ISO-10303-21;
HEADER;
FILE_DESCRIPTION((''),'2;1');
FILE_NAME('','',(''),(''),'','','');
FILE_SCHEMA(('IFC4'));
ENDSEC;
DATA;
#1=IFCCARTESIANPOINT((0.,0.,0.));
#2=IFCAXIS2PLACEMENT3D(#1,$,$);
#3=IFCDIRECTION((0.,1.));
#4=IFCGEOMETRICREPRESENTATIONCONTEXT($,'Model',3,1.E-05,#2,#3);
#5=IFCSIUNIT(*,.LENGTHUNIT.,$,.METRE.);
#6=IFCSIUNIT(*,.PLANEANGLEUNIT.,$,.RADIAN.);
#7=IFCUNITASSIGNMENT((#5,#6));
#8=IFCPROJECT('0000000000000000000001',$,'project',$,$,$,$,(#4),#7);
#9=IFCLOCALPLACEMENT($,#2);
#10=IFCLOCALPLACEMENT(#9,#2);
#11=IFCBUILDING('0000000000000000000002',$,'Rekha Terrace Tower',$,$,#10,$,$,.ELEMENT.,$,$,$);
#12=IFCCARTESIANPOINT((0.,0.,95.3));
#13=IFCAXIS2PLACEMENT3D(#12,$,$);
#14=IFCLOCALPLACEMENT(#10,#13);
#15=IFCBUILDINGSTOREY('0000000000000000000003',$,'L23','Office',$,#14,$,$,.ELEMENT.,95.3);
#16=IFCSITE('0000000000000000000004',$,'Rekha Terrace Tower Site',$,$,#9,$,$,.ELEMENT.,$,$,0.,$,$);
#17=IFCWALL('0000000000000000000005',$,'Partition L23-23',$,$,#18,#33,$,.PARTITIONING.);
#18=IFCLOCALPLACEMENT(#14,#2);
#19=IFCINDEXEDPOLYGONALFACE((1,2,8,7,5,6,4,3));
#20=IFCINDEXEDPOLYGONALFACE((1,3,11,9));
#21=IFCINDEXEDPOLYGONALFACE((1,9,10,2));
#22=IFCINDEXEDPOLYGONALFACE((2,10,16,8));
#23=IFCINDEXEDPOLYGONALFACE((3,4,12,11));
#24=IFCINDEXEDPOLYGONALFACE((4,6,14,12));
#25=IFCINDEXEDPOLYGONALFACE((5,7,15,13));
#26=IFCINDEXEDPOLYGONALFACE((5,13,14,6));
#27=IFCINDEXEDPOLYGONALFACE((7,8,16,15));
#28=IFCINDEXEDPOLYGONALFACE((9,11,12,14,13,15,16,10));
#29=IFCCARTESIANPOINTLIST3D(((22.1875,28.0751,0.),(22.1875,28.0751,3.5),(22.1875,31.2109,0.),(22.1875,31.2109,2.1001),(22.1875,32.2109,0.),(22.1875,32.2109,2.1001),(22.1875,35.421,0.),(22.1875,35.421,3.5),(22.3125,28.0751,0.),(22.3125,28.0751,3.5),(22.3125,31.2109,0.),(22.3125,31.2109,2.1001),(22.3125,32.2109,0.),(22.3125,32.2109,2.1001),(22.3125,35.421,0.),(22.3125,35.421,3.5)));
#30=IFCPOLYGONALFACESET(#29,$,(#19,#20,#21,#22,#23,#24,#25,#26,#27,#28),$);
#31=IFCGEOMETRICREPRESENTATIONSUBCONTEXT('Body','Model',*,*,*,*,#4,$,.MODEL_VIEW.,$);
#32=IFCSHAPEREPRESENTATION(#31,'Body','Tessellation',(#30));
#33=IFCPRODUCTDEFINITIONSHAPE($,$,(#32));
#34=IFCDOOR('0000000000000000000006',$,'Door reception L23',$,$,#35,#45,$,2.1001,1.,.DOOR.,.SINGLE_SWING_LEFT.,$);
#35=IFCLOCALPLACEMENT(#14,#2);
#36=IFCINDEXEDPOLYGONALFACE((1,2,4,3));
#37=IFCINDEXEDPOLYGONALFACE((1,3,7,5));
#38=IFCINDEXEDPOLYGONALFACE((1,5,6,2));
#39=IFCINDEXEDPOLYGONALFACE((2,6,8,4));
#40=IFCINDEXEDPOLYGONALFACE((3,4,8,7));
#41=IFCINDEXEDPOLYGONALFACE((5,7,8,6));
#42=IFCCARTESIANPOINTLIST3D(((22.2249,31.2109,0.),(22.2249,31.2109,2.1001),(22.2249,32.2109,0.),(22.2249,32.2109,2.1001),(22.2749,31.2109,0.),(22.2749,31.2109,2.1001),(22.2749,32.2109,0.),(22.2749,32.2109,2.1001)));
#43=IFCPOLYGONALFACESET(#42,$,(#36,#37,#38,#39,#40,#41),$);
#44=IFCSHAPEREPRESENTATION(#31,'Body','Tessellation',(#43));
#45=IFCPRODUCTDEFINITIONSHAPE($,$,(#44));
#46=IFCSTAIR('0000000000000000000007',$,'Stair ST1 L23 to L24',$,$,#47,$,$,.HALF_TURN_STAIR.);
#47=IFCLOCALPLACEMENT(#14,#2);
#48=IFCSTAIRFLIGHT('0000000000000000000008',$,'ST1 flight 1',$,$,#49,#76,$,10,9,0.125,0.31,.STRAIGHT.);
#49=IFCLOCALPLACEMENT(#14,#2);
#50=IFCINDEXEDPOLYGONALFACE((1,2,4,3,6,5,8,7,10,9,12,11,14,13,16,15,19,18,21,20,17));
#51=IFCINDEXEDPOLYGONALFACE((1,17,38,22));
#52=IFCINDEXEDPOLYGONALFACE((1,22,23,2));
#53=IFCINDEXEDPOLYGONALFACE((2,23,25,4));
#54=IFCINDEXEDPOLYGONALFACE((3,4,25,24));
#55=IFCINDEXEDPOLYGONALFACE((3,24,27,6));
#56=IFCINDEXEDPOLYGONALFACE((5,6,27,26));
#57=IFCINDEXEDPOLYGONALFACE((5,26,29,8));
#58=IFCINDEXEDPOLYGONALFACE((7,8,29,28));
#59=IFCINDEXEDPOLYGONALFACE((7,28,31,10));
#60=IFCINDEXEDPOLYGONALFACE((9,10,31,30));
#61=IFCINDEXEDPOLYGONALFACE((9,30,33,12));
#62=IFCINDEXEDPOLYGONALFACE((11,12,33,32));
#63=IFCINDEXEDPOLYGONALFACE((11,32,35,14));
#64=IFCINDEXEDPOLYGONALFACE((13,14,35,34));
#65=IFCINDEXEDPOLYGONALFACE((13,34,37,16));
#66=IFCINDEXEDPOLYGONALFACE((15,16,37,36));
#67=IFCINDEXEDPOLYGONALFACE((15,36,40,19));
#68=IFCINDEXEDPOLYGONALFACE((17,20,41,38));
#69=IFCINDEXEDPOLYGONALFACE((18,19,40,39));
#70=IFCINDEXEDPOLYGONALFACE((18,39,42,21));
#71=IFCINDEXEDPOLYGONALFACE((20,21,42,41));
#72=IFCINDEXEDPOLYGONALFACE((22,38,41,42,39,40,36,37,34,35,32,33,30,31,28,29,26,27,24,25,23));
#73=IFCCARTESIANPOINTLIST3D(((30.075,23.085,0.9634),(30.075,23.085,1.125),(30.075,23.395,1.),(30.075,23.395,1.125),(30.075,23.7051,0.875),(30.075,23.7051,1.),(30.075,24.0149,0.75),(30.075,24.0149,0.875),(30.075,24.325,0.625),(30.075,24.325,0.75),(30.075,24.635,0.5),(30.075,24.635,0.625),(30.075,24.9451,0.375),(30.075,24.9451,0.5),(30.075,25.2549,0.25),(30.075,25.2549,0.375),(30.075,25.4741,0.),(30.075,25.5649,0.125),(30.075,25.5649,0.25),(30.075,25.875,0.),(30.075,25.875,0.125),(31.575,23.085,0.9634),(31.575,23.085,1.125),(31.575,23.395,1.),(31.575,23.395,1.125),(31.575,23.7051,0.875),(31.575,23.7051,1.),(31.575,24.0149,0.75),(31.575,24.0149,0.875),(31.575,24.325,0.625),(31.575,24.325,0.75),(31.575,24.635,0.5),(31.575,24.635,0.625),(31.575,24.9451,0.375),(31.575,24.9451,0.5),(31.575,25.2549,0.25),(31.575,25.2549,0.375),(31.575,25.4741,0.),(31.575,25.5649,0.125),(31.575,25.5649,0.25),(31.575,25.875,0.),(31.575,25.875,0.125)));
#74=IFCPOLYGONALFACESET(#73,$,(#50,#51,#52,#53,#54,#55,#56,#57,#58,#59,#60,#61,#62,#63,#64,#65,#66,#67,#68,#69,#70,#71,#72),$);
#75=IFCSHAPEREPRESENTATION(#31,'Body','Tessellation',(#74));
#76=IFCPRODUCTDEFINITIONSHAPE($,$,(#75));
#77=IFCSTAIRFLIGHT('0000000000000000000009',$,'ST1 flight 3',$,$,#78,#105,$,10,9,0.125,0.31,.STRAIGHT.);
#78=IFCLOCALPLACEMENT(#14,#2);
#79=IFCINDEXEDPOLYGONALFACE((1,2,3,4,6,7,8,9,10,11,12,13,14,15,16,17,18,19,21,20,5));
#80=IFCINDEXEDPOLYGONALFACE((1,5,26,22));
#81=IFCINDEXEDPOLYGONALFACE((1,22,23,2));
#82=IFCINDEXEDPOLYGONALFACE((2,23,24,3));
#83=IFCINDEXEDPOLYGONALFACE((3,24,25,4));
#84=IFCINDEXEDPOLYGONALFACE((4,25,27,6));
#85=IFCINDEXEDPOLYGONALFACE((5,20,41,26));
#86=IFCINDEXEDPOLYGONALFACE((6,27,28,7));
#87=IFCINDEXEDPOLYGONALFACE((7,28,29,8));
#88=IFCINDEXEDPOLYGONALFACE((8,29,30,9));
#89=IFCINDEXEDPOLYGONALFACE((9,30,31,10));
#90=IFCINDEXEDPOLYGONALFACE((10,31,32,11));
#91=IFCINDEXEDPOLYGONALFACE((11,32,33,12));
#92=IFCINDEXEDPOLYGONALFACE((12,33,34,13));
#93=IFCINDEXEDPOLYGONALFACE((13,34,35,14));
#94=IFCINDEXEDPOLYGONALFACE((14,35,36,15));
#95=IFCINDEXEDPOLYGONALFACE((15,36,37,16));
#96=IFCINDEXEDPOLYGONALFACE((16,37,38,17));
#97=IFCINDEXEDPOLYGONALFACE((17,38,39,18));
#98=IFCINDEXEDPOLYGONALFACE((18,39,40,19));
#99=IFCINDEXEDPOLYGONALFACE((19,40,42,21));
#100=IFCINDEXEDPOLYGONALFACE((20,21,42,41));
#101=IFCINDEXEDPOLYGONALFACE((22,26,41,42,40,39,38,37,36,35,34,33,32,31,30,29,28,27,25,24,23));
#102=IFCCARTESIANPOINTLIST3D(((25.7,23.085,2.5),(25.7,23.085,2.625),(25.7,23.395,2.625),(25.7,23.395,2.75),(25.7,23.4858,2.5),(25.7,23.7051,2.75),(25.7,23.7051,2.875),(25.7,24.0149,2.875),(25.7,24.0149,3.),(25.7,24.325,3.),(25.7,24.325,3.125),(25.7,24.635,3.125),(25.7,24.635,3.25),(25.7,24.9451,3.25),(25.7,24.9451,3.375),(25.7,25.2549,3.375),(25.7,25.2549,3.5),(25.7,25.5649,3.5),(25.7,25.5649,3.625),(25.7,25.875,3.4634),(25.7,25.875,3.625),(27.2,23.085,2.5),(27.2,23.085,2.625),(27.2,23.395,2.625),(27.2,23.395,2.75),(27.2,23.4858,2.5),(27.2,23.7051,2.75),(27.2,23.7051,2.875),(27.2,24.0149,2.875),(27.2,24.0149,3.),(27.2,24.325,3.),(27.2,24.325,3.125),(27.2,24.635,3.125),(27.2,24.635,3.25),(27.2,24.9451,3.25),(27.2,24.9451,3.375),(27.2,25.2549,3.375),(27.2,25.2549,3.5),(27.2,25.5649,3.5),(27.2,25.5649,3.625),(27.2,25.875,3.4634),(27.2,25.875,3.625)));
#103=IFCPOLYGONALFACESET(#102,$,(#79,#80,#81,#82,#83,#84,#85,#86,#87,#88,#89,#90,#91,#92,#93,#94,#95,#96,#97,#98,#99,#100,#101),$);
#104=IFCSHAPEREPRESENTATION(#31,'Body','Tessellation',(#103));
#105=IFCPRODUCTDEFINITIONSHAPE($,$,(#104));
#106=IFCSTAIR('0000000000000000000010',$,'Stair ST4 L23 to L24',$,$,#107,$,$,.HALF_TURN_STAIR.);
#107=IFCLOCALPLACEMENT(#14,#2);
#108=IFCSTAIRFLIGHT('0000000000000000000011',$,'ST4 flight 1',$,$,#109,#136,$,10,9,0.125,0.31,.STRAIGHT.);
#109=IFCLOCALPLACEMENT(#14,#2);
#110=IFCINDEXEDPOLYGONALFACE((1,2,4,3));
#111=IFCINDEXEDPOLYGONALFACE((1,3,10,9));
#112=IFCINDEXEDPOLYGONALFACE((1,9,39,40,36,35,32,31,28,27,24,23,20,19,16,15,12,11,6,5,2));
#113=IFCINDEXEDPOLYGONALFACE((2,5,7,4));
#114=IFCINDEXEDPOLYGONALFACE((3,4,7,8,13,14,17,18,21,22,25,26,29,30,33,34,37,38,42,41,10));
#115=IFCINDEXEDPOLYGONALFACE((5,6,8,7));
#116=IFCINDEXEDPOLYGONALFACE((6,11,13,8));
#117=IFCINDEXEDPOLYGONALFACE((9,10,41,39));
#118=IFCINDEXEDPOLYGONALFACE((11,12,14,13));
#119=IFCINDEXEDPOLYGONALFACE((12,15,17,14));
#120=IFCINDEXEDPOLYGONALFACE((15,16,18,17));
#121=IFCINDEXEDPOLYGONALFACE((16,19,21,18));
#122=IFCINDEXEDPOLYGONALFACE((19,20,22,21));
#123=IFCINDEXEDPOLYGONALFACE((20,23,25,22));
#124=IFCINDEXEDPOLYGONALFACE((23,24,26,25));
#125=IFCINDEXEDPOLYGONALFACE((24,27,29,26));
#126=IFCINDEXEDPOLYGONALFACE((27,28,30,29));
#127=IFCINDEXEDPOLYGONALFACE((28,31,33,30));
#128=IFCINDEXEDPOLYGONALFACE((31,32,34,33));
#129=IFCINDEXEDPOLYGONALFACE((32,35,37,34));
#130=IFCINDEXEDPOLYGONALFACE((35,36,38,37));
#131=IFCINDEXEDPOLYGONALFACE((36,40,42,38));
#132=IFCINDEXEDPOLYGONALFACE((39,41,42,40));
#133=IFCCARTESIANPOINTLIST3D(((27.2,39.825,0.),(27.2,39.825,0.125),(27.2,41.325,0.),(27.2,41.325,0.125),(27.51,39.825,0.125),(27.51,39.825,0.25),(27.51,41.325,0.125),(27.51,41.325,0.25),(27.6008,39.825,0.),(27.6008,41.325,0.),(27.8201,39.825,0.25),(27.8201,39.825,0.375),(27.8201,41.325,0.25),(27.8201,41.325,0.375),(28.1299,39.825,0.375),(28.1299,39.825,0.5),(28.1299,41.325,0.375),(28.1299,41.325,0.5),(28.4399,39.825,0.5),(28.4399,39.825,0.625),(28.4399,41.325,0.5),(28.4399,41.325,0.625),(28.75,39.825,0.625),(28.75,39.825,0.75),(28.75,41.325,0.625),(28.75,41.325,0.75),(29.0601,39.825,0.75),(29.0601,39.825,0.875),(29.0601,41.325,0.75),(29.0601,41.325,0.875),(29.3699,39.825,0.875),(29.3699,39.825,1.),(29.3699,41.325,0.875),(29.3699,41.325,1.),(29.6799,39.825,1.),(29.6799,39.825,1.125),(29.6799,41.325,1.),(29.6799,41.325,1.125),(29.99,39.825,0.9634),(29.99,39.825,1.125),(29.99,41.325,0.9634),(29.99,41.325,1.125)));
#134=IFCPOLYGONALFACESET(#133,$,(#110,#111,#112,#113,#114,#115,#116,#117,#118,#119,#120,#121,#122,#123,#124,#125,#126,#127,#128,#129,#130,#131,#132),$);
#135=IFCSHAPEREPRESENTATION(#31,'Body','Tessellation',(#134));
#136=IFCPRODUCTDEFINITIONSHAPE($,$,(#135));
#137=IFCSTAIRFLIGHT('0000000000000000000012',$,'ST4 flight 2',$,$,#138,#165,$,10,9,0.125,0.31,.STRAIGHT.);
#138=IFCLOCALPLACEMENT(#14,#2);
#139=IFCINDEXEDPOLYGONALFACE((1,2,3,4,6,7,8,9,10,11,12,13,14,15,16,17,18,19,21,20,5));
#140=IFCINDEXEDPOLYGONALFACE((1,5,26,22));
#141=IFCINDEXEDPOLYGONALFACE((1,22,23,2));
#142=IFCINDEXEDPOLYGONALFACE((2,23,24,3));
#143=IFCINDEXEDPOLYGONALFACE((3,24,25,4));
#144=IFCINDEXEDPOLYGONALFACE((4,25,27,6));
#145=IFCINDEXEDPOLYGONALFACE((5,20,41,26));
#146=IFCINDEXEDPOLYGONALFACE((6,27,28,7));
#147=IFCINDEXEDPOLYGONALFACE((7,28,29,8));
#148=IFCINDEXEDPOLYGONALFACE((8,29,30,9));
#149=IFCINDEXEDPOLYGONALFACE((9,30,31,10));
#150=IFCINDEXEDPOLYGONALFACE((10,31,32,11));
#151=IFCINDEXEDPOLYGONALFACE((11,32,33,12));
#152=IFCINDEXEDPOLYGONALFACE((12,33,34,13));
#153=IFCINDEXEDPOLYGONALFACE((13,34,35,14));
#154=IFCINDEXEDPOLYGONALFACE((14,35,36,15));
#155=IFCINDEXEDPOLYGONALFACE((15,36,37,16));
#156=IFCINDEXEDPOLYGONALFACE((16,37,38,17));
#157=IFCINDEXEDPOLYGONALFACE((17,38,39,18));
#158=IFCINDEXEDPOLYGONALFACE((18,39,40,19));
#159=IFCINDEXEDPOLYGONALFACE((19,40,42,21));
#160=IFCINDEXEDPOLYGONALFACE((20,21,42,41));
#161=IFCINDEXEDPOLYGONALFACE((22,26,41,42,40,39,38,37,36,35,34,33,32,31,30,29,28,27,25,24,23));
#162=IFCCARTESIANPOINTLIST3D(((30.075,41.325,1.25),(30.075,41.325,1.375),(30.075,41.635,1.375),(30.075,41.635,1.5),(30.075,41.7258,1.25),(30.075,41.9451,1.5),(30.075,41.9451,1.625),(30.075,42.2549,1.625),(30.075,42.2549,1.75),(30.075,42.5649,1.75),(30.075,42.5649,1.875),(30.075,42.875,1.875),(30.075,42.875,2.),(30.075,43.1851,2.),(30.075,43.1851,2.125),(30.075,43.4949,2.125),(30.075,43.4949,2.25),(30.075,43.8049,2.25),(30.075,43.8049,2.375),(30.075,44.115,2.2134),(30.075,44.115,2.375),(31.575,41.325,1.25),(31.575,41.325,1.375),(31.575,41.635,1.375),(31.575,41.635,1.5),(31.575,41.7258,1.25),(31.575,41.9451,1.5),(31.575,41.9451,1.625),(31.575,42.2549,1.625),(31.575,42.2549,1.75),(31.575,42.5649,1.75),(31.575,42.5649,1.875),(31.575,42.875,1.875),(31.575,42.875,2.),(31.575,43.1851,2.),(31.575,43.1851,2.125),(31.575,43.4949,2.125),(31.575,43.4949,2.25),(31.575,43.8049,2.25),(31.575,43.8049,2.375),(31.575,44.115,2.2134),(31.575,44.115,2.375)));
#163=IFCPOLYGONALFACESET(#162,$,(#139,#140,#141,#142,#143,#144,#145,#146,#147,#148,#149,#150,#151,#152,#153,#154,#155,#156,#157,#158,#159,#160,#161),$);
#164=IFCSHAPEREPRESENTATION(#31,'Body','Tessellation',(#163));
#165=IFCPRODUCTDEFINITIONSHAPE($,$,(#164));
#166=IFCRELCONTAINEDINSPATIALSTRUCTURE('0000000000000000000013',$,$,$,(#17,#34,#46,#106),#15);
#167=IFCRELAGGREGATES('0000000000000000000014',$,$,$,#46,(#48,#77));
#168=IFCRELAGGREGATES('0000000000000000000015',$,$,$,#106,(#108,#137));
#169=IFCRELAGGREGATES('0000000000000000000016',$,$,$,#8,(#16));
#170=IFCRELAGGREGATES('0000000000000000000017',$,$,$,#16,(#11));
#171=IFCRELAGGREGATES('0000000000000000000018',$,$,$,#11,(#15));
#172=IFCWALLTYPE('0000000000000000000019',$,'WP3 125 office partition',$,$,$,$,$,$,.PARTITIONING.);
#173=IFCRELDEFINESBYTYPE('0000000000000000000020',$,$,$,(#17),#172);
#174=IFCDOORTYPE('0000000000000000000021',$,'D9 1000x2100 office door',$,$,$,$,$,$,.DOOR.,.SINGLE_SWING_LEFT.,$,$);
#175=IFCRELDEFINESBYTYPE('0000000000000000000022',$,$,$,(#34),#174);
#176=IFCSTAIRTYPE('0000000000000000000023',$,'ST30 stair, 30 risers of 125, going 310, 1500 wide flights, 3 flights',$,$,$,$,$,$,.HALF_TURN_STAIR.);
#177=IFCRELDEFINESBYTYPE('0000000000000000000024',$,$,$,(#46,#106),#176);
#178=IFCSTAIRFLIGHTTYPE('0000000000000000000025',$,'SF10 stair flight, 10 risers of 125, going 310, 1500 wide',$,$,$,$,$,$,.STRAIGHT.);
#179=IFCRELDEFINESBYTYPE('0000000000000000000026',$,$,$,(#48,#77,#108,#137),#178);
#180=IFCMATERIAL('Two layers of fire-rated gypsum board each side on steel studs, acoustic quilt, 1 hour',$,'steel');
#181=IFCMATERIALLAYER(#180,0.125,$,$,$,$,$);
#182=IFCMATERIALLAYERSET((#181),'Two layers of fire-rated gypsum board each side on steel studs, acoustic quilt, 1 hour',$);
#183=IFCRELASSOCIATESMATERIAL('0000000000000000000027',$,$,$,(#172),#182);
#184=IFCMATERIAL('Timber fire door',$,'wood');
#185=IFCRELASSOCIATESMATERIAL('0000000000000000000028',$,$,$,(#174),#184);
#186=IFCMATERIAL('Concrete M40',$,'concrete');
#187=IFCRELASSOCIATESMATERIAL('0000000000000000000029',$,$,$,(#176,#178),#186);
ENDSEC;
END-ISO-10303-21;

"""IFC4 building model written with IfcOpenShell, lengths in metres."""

from ifc_helpers import new_model, si_unit, direction, frame, frame_2d, origin, place, context, subcontext, project, spatial, polyline, rectangle, outline, extrude, material, layer, layer_set, type_object, element, fill, aggregate, save


model = new_model("IFC4")

# Units and contexts
model_context = context("Model", 3, precision=1e-05, world=origin(), true_north=direction((0.0, 1.0)))
body_context = subcontext(model_context, "Body", "Model", "MODEL_VIEW")
ifc_project = project(units=[si_unit("LENGTHUNIT", "METRE"), si_unit("PLANEANGLEUNIT", "RADIAN")], contexts=[model_context])

# Site, building, storey
site_placement = place(None, origin())
site = spatial("IfcSite", under=ifc_project, at=site_placement, Name="Rekha Terrace Tower Site", CompositionType="ELEMENT", RefElevation=0.0)
building_placement = place(site_placement, origin())
building = spatial("IfcBuilding", under=site, at=building_placement, Name="Rekha Terrace Tower", CompositionType="ELEMENT")
storey_placement = place(building_placement, frame((0.0, 0.0, 95.3)))
storey = spatial("IfcBuildingStorey", under=building, at=storey_placement, Name="L23", Description="Office", CompositionType="ELEMENT", Elevation=95.3)

# Wall, opening, door
ifc_material_1 = material(Name="Two layers of fire-rated gypsum board each side on steel studs, acoustic quilt, 1 hour", Category="steel")
ifc_layer_1 = layer(ifc_material_1, 0.125)
ifc_layer_set_1 = layer_set([ifc_layer_1], Name="Two layers of fire-rated gypsum board each side on steel studs, acoustic quilt, 1 hour")
wall_type_1 = type_object("IfcWallType", Name="WP3 125 office partition", PredefinedType="PARTITIONING", material=ifc_layer_set_1)
wall_1_placement = place(storey_placement, frame((22.25, 35.4209, 0.0), z_axis=(0.0, 0.0, 1.0), x_axis=(0.0, -1.0, 0.0)))
wall_1 = element("IfcWall", 1, at=wall_1_placement, inside=storey, type_object=wall_type_1, Name="Partition L23-23", PredefinedType="PARTITIONING", context=body_context, shape_type="SweptSolid", body=[
    extrude(rectangle(XDim=7.3459, YDim=0.125, at=frame_2d((3.6729, 0.0))), origin(), (0.0, 0.0, 1.0), 3.5),
])
opening_1_placement = place(wall_1_placement, frame((3.21, 0.0, 0.0)))
opening_1 = element("IfcOpeningElement", 2, at=opening_1_placement, cuts=wall_1, PredefinedType="OPENING", context=body_context, shape_type="SweptSolid", body=[
    extrude(rectangle(XDim=1.0, YDim=2.1001, at=frame_2d((0.5, 1.05))), frame((0.0, 0.0725, 0.0), z_axis=(0.0, -1.0, 0.0), x_axis=(1.0, 0.0, 0.0)), (0.0, 0.0, 1.0), 0.145),
])
ifc_material_2 = material(Name="Timber fire door", Category="wood")
door_type_1 = type_object("IfcDoorType", Name="D9 1000x2100 office door", OperationType="SINGLE_SWING_LEFT", PredefinedType="DOOR", material=ifc_material_2)
door_1_placement = place(opening_1_placement, origin())
door_1 = element("IfcDoor", 3, at=door_1_placement, inside=storey, type_object=door_type_1, Name="Door reception L23", OperationType="SINGLE_SWING_LEFT", OverallHeight=2.1001, OverallWidth=1.0, PredefinedType="DOOR", context=body_context, shape_type="SweptSolid", body=[
    extrude(rectangle(XDim=1.0, YDim=2.1001, at=frame_2d((0.5, 1.05))), frame((0.0, 0.0249, 0.0), z_axis=(0.0, -1.0, 0.0), x_axis=(1.0, 0.0, 0.0)), (0.0, 0.0, 1.0), 0.05),
])
fill(opening_1, door_1)

# Stairs, stair flights
ifc_material_3 = material(Name="Concrete M40", Category="concrete")
stair_type = type_object("IfcStairType", Name="ST30 stair, 30 risers of 125, going 310, 1500 wide flights, 3 flights", PredefinedType="HALF_TURN_STAIR", material=ifc_material_3)
stair_1_placement = place(storey_placement, origin())
stair_1 = element("IfcStair", 4, at=stair_1_placement, inside=storey, type_object=stair_type, Name="Stair ST1 L23 to L24", PredefinedType="HALF_TURN_STAIR")
stair_flight_type = type_object("IfcStairFlightType", Name="SF10 stair flight, 10 risers of 125, going 310, 1500 wide", PredefinedType="STRAIGHT", material=ifc_material_3)
stair_flight_1_placement = place(storey_placement, frame((30.825, 25.875, 0.0), z_axis=(0.0, 0.0, 1.0), x_axis=(0.0, -1.0, 0.0)))
stair_flight_1 = element("IfcStairFlight", 5, at=stair_flight_1_placement, type_object=stair_flight_type, Name="ST1 flight 1", NumberOfRisers=10, NumberOfTreads=9, PredefinedType="STRAIGHT", RiserHeight=0.125, TreadLength=0.31, context=body_context, shape_type="SweptSolid", body=[
    extrude(outline(polyline([(0.0, 0.0), (0.0, 0.125), (0.3101, 0.125), (0.3101, 0.25), (0.6201, 0.25), (0.6201, 0.375), (0.9299, 0.375), (0.9299, 0.5), (1.24, 0.5), (1.24, 0.625), (1.55, 0.625), (1.55, 0.75), (1.8601, 0.75), (1.8601, 0.875), (2.1699, 0.875), (2.1699, 1.0), (2.48, 1.0), (2.48, 1.125), (2.79, 1.125), (2.79, 1.25), (2.79, 0.9634), (0.4009, 0.0), (0.0, 0.0)])), frame((0.0, 0.75, 0.0), z_axis=(0.0, -1.0, 0.0), x_axis=(1.0, 0.0, 0.0)), (0.0, 0.0, 1.0), 1.5),
])
stair_flight_2_placement = place(storey_placement, frame((26.45, 23.085, 2.5), z_axis=(0.0, 0.0, 1.0), x_axis=(0.0, 1.0, 0.0)))
stair_flight_2 = element("IfcStairFlight", 6, at=stair_flight_2_placement, type_object=stair_flight_type, Name="ST1 flight 3", NumberOfRisers=10, NumberOfTreads=9, PredefinedType="STRAIGHT", RiserHeight=0.125, TreadLength=0.31, context=body_context, shape_type="SweptSolid", body=[
    extrude(outline(polyline([(0.0, 0.0), (0.0, 0.125), (0.3101, 0.125), (0.3101, 0.25), (0.6201, 0.25), (0.6201, 0.375), (0.9299, 0.375), (0.9299, 0.5), (1.24, 0.5), (1.24, 0.625), (1.55, 0.625), (1.55, 0.75), (1.8601, 0.75), (1.8601, 0.875), (2.1699, 0.875), (2.1699, 1.0), (2.48, 1.0), (2.48, 1.125), (2.79, 1.125), (2.79, 1.25), (2.79, 0.9634), (0.4009, 0.0), (0.0, 0.0)])), frame((0.0, 0.75, 0.0), z_axis=(0.0, -1.0, 0.0), x_axis=(1.0, 0.0, 0.0)), (0.0, 0.0, 1.0), 1.5),
])
aggregate(stair_1, [stair_flight_1, stair_flight_2])
stair_2_placement = place(storey_placement, origin())
stair_2 = element("IfcStair", 7, at=stair_2_placement, inside=storey, type_object=stair_type, Name="Stair ST4 L23 to L24", PredefinedType="HALF_TURN_STAIR")
stair_flight_3_placement = place(storey_placement, frame((27.2, 40.575, 0.0), z_axis=(0.0, 0.0, 1.0), x_axis=(1.0, 0.0, 0.0)))
stair_flight_3 = element("IfcStairFlight", 8, at=stair_flight_3_placement, type_object=stair_flight_type, Name="ST4 flight 1", NumberOfRisers=10, NumberOfTreads=9, PredefinedType="STRAIGHT", RiserHeight=0.125, TreadLength=0.31, context=body_context, shape_type="SweptSolid", body=[
    extrude(outline(polyline([(0.0, 0.0), (0.0, 0.125), (0.3101, 0.125), (0.3101, 0.25), (0.6201, 0.25), (0.6201, 0.375), (0.9299, 0.375), (0.9299, 0.5), (1.24, 0.5), (1.24, 0.625), (1.55, 0.625), (1.55, 0.75), (1.8601, 0.75), (1.8601, 0.875), (2.1699, 0.875), (2.1699, 1.0), (2.48, 1.0), (2.48, 1.125), (2.79, 1.125), (2.79, 1.25), (2.79, 0.9634), (0.4009, 0.0), (0.0, 0.0)])), frame((0.0, 0.75, 0.0), z_axis=(0.0, -1.0, 0.0), x_axis=(1.0, 0.0, 0.0)), (0.0, 0.0, 1.0), 1.5),
])
stair_flight_4_placement = place(storey_placement, frame((30.825, 41.325, 1.25), z_axis=(0.0, 0.0, 1.0), x_axis=(0.0, 1.0, 0.0)))
stair_flight_4 = element("IfcStairFlight", 9, at=stair_flight_4_placement, type_object=stair_flight_type, Name="ST4 flight 2", NumberOfRisers=10, NumberOfTreads=9, PredefinedType="STRAIGHT", RiserHeight=0.125, TreadLength=0.31, context=body_context, shape_type="SweptSolid", body=[
    extrude(outline(polyline([(0.0, 0.0), (0.0, 0.125), (0.3101, 0.125), (0.3101, 0.25), (0.6201, 0.25), (0.6201, 0.375), (0.9299, 0.375), (0.9299, 0.5), (1.24, 0.5), (1.24, 0.625), (1.55, 0.625), (1.55, 0.75), (1.8601, 0.75), (1.8601, 0.875), (2.1699, 0.875), (2.1699, 1.0), (2.48, 1.0), (2.48, 1.125), (2.79, 1.125), (2.79, 1.25), (2.79, 0.9634), (0.4009, 0.0), (0.0, 0.0)])), frame((0.0, 0.75, 0.0), z_axis=(0.0, -1.0, 0.0), x_axis=(1.0, 0.0, 0.0)), (0.0, 0.0, 1.0), 1.5),
])
aggregate(stair_2, [stair_flight_3, stair_flight_4])

save(model, "model.ifc")
